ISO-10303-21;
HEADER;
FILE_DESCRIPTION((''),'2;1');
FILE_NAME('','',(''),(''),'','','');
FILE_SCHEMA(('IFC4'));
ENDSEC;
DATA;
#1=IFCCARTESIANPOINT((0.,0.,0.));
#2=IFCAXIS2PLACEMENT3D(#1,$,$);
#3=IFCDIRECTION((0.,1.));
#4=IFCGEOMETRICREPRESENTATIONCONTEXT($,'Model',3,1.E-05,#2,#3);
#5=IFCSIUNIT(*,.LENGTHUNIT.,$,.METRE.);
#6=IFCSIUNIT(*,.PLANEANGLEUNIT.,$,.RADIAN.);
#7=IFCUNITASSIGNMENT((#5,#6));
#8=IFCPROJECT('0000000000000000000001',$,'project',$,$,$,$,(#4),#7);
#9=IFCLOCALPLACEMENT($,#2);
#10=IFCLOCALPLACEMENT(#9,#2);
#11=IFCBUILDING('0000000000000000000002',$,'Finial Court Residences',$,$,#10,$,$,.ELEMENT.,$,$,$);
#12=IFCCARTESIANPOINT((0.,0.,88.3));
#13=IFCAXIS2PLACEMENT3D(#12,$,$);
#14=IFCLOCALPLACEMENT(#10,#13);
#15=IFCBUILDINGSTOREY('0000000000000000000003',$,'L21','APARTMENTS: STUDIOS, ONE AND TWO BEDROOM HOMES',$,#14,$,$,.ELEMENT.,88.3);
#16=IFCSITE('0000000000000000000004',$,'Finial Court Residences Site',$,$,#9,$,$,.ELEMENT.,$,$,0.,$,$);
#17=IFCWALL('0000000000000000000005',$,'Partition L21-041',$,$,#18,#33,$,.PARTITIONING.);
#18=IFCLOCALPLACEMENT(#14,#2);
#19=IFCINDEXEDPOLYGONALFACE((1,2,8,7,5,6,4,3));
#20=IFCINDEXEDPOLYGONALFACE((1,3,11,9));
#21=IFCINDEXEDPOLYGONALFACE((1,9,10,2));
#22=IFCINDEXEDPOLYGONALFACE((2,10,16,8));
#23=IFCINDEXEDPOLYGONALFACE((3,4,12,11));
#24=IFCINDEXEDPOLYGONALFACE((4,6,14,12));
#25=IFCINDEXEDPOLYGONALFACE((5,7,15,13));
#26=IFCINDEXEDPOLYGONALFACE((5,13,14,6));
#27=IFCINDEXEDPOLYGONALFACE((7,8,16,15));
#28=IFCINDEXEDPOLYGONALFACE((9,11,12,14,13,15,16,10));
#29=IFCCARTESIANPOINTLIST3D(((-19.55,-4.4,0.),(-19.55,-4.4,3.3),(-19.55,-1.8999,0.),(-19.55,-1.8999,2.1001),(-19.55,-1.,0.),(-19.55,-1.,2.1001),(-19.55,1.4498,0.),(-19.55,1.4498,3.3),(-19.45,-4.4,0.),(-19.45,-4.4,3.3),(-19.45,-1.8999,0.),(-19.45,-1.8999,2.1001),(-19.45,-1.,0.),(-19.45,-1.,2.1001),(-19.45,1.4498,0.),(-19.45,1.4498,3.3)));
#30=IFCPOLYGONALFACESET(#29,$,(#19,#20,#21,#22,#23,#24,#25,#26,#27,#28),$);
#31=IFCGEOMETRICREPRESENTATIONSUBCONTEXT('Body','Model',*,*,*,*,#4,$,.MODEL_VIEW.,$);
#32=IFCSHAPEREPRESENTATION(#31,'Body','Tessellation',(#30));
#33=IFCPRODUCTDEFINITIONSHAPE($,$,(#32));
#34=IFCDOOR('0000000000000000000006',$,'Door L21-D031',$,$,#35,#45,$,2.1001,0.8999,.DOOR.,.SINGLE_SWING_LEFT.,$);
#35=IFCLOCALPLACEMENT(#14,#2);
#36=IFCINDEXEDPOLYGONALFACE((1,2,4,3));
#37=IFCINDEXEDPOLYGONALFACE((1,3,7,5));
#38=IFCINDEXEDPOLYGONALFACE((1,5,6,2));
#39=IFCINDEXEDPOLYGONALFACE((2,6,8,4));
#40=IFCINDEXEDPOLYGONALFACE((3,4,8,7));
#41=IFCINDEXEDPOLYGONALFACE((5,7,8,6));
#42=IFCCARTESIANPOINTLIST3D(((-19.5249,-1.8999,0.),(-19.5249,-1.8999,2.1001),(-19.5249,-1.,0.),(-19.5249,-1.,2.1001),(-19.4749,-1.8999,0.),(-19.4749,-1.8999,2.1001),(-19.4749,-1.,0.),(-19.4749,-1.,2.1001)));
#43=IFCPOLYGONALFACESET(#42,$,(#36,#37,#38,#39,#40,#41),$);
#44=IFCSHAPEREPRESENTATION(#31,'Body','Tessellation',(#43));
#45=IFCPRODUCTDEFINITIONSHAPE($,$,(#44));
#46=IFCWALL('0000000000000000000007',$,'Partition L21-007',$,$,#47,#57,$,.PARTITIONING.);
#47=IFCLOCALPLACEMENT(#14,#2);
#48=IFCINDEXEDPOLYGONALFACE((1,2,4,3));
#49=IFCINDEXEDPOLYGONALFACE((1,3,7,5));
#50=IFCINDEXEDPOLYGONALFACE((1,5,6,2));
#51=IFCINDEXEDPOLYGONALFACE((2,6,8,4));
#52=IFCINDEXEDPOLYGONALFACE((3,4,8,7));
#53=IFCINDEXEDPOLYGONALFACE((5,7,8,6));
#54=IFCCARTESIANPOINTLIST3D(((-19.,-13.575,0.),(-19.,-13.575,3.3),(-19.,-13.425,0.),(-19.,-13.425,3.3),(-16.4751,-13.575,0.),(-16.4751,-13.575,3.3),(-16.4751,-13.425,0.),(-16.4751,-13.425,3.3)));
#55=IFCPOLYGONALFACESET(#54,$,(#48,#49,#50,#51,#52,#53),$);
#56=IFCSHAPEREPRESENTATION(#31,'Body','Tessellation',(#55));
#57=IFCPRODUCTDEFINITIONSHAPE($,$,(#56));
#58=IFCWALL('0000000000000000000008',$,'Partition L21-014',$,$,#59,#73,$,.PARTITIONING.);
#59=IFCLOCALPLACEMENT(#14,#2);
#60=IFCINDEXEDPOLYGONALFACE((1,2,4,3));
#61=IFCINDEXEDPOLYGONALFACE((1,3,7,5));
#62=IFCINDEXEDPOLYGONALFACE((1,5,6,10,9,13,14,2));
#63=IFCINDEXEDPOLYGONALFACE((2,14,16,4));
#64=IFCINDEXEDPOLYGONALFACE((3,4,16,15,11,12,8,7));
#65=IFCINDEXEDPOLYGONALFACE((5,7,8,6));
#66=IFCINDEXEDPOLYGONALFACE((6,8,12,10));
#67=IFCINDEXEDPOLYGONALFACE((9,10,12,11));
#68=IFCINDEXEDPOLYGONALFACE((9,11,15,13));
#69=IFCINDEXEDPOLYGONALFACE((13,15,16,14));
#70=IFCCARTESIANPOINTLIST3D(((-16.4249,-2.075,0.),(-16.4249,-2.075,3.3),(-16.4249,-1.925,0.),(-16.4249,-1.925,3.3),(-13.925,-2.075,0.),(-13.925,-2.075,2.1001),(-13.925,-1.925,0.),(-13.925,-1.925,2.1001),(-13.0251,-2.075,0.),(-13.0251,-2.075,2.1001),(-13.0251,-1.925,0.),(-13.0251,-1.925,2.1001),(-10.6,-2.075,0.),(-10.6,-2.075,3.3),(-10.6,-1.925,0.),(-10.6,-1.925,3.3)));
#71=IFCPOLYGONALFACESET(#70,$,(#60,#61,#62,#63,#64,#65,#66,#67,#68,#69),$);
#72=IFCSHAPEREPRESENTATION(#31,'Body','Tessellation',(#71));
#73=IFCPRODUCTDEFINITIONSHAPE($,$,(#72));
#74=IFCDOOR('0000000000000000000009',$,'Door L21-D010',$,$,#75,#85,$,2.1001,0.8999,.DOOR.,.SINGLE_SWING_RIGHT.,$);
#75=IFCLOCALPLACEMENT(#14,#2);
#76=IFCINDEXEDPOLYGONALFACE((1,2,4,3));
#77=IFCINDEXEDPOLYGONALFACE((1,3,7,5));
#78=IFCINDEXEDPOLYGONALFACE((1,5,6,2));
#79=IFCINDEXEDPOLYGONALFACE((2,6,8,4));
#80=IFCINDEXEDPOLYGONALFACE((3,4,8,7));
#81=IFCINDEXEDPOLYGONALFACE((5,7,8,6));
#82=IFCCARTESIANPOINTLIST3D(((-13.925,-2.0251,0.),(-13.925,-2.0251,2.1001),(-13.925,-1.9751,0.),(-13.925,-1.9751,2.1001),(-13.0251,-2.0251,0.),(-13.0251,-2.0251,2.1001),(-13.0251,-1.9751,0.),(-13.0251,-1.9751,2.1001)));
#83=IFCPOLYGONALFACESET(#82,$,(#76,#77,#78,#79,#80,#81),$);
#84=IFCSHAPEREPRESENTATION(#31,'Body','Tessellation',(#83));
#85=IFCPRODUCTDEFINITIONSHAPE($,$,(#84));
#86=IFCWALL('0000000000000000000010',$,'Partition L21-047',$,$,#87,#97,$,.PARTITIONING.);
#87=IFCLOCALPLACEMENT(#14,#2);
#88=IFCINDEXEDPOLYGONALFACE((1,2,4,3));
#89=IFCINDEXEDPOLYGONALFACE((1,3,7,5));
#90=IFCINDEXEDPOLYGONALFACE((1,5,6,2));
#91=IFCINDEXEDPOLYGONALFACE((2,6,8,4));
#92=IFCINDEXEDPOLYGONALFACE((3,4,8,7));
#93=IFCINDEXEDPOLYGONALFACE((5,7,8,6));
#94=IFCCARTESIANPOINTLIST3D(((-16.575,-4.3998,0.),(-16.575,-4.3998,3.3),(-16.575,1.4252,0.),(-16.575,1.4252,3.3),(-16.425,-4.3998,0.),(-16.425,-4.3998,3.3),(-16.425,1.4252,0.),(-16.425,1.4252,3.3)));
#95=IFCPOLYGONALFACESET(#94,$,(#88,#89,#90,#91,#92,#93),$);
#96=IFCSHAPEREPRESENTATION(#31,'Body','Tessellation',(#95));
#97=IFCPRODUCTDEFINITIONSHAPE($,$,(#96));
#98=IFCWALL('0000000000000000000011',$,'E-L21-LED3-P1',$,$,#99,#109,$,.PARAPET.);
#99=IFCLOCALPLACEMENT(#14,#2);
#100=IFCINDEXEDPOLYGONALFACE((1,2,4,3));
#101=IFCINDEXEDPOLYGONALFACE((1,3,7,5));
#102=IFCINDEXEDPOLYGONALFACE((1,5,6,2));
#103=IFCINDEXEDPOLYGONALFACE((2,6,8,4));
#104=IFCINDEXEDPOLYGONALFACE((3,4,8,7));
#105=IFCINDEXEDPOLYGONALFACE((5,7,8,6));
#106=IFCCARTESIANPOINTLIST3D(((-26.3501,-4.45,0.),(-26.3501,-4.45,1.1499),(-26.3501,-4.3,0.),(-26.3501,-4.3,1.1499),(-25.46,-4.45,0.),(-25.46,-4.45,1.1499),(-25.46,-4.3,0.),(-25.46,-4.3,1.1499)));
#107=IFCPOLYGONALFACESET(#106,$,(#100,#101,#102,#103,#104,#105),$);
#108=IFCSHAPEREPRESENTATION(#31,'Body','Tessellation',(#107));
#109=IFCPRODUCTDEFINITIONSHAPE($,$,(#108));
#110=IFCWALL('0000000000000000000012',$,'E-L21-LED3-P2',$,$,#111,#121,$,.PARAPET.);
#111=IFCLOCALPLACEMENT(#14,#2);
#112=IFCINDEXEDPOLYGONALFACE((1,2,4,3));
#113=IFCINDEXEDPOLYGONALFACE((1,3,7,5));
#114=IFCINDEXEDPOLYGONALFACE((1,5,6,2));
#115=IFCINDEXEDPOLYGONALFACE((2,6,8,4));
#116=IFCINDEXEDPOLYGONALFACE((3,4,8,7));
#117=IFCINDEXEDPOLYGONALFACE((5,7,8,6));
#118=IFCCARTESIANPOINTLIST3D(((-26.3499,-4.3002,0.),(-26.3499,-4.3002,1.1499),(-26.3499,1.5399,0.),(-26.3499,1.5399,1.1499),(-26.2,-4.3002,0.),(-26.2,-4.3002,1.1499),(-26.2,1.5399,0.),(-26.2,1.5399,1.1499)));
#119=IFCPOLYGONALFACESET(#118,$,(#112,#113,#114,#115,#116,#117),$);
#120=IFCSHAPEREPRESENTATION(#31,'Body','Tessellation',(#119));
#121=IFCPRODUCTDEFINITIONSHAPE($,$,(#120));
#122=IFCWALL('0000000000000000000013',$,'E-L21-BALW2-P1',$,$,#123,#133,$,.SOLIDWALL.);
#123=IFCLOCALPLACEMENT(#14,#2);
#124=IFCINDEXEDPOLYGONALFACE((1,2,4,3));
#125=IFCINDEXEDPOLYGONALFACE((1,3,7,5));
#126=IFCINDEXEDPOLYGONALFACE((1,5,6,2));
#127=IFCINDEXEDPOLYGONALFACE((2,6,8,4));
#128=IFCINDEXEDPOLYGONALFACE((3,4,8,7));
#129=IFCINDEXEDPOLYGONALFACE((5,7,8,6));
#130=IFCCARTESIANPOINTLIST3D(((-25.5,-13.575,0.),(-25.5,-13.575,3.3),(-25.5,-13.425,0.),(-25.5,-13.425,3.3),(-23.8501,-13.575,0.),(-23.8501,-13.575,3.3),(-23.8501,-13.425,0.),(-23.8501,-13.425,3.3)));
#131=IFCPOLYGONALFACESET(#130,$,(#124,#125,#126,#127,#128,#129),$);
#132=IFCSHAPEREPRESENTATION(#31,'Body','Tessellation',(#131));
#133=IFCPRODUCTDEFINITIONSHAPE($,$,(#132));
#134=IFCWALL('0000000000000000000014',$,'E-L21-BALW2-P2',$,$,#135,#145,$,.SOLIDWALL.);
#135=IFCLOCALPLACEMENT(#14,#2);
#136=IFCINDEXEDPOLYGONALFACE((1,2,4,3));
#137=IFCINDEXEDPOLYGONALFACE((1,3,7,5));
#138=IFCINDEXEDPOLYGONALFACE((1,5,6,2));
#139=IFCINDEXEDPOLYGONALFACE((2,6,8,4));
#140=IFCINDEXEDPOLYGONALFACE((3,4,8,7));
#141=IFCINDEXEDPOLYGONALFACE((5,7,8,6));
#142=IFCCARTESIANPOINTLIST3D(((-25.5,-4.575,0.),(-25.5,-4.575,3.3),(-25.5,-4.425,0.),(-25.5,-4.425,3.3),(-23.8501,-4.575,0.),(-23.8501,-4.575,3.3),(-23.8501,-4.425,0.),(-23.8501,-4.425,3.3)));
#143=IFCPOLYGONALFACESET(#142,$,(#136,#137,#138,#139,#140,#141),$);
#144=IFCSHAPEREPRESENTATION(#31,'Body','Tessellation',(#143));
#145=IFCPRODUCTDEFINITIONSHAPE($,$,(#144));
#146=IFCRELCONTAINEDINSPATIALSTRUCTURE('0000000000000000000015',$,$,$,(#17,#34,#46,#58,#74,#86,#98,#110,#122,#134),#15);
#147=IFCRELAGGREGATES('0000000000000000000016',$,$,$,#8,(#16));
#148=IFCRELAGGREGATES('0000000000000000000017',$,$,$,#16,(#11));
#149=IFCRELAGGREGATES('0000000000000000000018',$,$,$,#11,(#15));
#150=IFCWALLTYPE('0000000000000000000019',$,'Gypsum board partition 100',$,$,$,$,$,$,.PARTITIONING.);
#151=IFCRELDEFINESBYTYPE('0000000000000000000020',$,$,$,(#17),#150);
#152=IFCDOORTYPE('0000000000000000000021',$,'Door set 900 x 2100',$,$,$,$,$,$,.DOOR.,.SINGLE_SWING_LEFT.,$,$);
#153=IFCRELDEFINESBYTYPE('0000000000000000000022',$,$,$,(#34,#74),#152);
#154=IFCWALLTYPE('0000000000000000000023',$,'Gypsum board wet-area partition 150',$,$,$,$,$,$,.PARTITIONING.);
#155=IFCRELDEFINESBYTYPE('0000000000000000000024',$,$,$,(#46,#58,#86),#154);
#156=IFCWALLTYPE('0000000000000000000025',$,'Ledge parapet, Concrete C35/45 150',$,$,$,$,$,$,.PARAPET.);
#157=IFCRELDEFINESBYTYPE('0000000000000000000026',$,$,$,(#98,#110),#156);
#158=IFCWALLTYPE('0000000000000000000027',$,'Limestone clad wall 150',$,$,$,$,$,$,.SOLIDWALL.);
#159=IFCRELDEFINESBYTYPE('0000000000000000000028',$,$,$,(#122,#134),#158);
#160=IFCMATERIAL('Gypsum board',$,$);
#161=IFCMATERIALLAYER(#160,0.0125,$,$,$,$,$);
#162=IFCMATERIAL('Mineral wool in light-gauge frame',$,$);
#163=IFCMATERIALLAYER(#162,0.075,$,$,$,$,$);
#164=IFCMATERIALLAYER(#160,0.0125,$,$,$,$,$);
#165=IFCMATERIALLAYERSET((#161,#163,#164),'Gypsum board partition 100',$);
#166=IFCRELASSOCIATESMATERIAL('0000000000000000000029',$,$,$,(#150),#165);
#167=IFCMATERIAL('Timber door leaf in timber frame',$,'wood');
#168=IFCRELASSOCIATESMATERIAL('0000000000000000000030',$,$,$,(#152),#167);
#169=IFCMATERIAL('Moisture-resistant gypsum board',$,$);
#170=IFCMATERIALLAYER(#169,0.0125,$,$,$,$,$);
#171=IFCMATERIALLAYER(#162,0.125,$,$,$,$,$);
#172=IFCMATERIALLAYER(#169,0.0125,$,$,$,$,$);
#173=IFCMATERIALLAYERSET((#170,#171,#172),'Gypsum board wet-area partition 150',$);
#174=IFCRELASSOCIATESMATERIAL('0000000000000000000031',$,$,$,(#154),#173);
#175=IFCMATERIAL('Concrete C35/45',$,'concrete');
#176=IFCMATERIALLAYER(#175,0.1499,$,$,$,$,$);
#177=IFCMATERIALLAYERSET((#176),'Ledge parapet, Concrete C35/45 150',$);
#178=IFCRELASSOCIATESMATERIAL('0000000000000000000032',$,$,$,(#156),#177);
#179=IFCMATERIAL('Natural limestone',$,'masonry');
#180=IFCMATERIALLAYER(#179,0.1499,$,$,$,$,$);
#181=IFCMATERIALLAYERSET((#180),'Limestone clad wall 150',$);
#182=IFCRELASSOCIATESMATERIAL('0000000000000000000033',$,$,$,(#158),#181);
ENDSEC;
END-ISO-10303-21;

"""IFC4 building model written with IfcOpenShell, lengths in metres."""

from ifc_helpers import new_model, si_unit, direction, frame, frame_2d, origin, place, context, subcontext, project, spatial, rectangle, extrude, material, layer, layer_set, type_object, element, fill, save


model = new_model("IFC4")

# Units and contexts
model_context = context("Model", 3, precision=1e-05, world=origin(), true_north=direction((0.0, 1.0)))
body_context = subcontext(model_context, "Body", "Model", "MODEL_VIEW")
ifc_project = project(units=[si_unit("LENGTHUNIT", "METRE"), si_unit("PLANEANGLEUNIT", "RADIAN")], contexts=[model_context])

# Site, building, storey
site_placement = place(None, origin())
site = spatial("IfcSite", under=ifc_project, at=site_placement, Name="Finial Court Residences Site", CompositionType="ELEMENT", RefElevation=0.0)
building_placement = place(site_placement, origin())
building = spatial("IfcBuilding", under=site, at=building_placement, Name="Finial Court Residences", CompositionType="ELEMENT")
storey_placement = place(building_placement, frame((0.0, 0.0, 88.3)))
storey = spatial("IfcBuildingStorey", under=building, at=storey_placement, Name="L21", Description="APARTMENTS: STUDIOS, ONE AND TWO BEDROOM HOMES", CompositionType="ELEMENT", Elevation=88.3)

# Shared definitions
ifc_material_1 = material(Name="Gypsum board")

# Shared definitions
ifc_layer_1 = layer(ifc_material_1, 0.0125)
ifc_material_2 = material(Name="Mineral wool in light-gauge frame")
ifc_layer_2 = layer(ifc_material_2, 0.075)
ifc_layer_3 = layer(ifc_material_1, 0.0125)
ifc_layer_set_1 = layer_set([ifc_layer_1, ifc_layer_2, ifc_layer_3], Name="Gypsum board partition 100")
wall_type_1 = type_object("IfcWallType", Name="Gypsum board partition 100", PredefinedType="PARTITIONING", material=ifc_layer_set_1)

# Wall, opening, door
wall_1_placement = place(storey_placement, frame((-19.5, -4.3999, 0.0), z_axis=(0.0, 0.0, 1.0), x_axis=(0.0, 1.0, 0.0)))
wall_1 = element("IfcWall", 1, at=wall_1_placement, inside=storey, type_object=wall_type_1, Name="Partition L21-041", PredefinedType="PARTITIONING", context=body_context, shape_type="SweptSolid", body=[
    extrude(rectangle(XDim=5.8499, YDim=0.1001, at=frame_2d((2.9248, 0.0))), origin(), (0.0, 0.0, 1.0), 3.3),
])
opening_1_placement = place(wall_1_placement, frame((2.5, 0.0, 0.0)))
opening_1 = element("IfcOpeningElement", 2, at=opening_1_placement, cuts=wall_1, PredefinedType="OPENING", context=body_context, shape_type="SweptSolid", body=[
    extrude(rectangle(XDim=0.8999, YDim=2.1001, at=frame_2d((0.45, 1.05))), frame((0.0, 0.0601, 0.0), z_axis=(0.0, -1.0, 0.0), x_axis=(1.0, 0.0, 0.0)), (0.0, 0.0, 1.0), 0.1201),
])
ifc_material_3 = material(Name="Timber door leaf in timber frame", Category="wood")
door_type_1 = type_object("IfcDoorType", Name="Door set 900 x 2100", OperationType="SINGLE_SWING_LEFT", PredefinedType="DOOR", material=ifc_material_3)
door_1_placement = place(opening_1_placement, origin())
door_1 = element("IfcDoor", 3, at=door_1_placement, inside=storey, type_object=door_type_1, Name="Door L21-D031", OperationType="SINGLE_SWING_LEFT", OverallHeight=2.1001, OverallWidth=0.8999, PredefinedType="DOOR", context=body_context, shape_type="SweptSolid", body=[
    extrude(rectangle(XDim=0.8999, YDim=2.1001, at=frame_2d((0.45, 1.05))), frame((0.0, 0.0249, 0.0), z_axis=(0.0, -1.0, 0.0), x_axis=(1.0, 0.0, 0.0)), (0.0, 0.0, 1.0), 0.05),
])
fill(opening_1, door_1)

# Wall
ifc_material_4 = material(Name="Moisture-resistant gypsum board")
ifc_layer_4 = layer(ifc_material_4, 0.0125)
ifc_layer_5 = layer(ifc_material_2, 0.125)
ifc_layer_6 = layer(ifc_material_4, 0.0125)
ifc_layer_set_2 = layer_set([ifc_layer_4, ifc_layer_5, ifc_layer_6], Name="Gypsum board wet-area partition 150")
wall_type_2 = type_object("IfcWallType", Name="Gypsum board wet-area partition 150", PredefinedType="PARTITIONING", material=ifc_layer_set_2)
wall_2_placement = place(storey_placement, frame((-19.0, -13.5, 0.0), z_axis=(0.0, 0.0, 1.0), x_axis=(1.0, 0.0, 0.0)))
element("IfcWall", 4, at=wall_2_placement, inside=storey, type_object=wall_type_2, Name="Partition L21-007", PredefinedType="PARTITIONING", context=body_context, shape_type="SweptSolid", body=[
    extrude(rectangle(XDim=2.5249, YDim=0.1499, at=frame_2d((1.2625, 0.0))), origin(), (0.0, 0.0, 1.0), 3.3),
])

# Wall, opening, door
wall_3_placement = place(storey_placement, frame((-16.425, -2.0, 0.0), z_axis=(0.0, 0.0, 1.0), x_axis=(1.0, 0.0, 0.0)))
wall_3 = element("IfcWall", 5, at=wall_3_placement, inside=storey, type_object=wall_type_2, Name="Partition L21-014", PredefinedType="PARTITIONING", context=body_context, shape_type="SweptSolid", body=[
    extrude(rectangle(XDim=5.825, YDim=0.1499, at=frame_2d((2.9126, 0.0))), origin(), (0.0, 0.0, 1.0), 3.3),
])
opening_2_placement = place(wall_3_placement, frame((2.5, 0.0, 0.0)))
opening_2 = element("IfcOpeningElement", 6, at=opening_2_placement, cuts=wall_3, PredefinedType="OPENING", context=body_context, shape_type="SweptSolid", body=[
    extrude(rectangle(XDim=0.8999, YDim=2.1001, at=frame_2d((0.45, 1.05))), frame((0.0, 0.085, 0.0), z_axis=(0.0, -1.0, 0.0), x_axis=(1.0, 0.0, 0.0)), (0.0, 0.0, 1.0), 0.1699),
])
door_2_placement = place(opening_2_placement, origin())
door_2 = element("IfcDoor", 7, at=door_2_placement, inside=storey, type_object=door_type_1, Name="Door L21-D010", OperationType="SINGLE_SWING_RIGHT", OverallHeight=2.1001, OverallWidth=0.8999, PredefinedType="DOOR", context=body_context, shape_type="SweptSolid", body=[
    extrude(rectangle(XDim=0.8999, YDim=2.1001, at=frame_2d((0.45, 1.05))), frame((0.0, 0.0249, 0.0), z_axis=(0.0, -1.0, 0.0), x_axis=(1.0, 0.0, 0.0)), (0.0, 0.0, 1.0), 0.05),
])
fill(opening_2, door_2)

# Walls
wall_4_placement = place(storey_placement, frame((-16.5, -4.3999, 0.0), z_axis=(0.0, 0.0, 1.0), x_axis=(0.0, 1.0, 0.0)))
element("IfcWall", 8, at=wall_4_placement, inside=storey, type_object=wall_type_2, Name="Partition L21-047", PredefinedType="PARTITIONING", context=body_context, shape_type="SweptSolid", body=[
    extrude(rectangle(XDim=5.825, YDim=0.1499, at=frame_2d((2.9126, 0.0))), origin(), (0.0, 0.0, 1.0), 3.3),
])
ifc_material_5 = material(Name="Concrete C35/45", Category="concrete")
ifc_layer_7 = layer(ifc_material_5, 0.1499)
ifc_layer_set_3 = layer_set([ifc_layer_7], Name="Ledge parapet, Concrete C35/45 150")
wall_type_3 = type_object("IfcWallType", Name="Ledge parapet, Concrete C35/45 150", PredefinedType="PARAPET", material=ifc_layer_set_3)
wall_5_placement = place(storey_placement, frame((-25.46, -4.375, 0.0), z_axis=(0.0, 0.0, 1.0), x_axis=(-1.0, 0.0, 0.0)))
element("IfcWall", 9, at=wall_5_placement, inside=storey, type_object=wall_type_3, Name="E-L21-LED3-P1", PredefinedType="PARAPET", context=body_context, shape_type="SweptSolid", body=[
    extrude(rectangle(XDim=0.8901, YDim=0.1499, at=frame_2d((0.4451, 0.0))), origin(), (0.0, 0.0, 1.0), 1.1499),
])
wall_6_placement = place(storey_placement, frame((-26.2749, -4.3, 0.0), z_axis=(0.0, 0.0, 1.0), x_axis=(0.0, 1.0, 0.0)))
element("IfcWall", 10, at=wall_6_placement, inside=storey, type_object=wall_type_3, Name="E-L21-LED3-P2", PredefinedType="PARAPET", context=body_context, shape_type="SweptSolid", body=[
    extrude(rectangle(XDim=5.8401, YDim=0.1499, at=frame_2d((2.9199, 0.0))), origin(), (0.0, 0.0, 1.0), 1.1499),
])
ifc_material_6 = material(Name="Natural limestone", Category="masonry")
ifc_layer_8 = layer(ifc_material_6, 0.1499)
ifc_layer_set_4 = layer_set([ifc_layer_8], Name="Limestone clad wall 150")
wall_type_4 = type_object("IfcWallType", Name="Limestone clad wall 150", PredefinedType="SOLIDWALL", material=ifc_layer_set_4)
for number, where, z_axis, x_axis, name in (
    (11, (-23.8501, -13.5, 0.0), (0.0, 0.0, 1.0), (-1.0, 0.0, 0.0), "E-L21-BALW2-P1"),
    (12, (-23.8501, -4.5, 0.0), (0.0, 0.0, 1.0), (-1.0, 0.0, 0.0), "E-L21-BALW2-P2"),
):
    element("IfcWall", number, at=place(storey_placement, frame(where, z_axis=z_axis, x_axis=x_axis)), inside=storey, type_object=wall_type_4, Name=name, PredefinedType="SOLIDWALL", context=body_context, shape_type="SweptSolid", body=[
        extrude(rectangle(XDim=1.6499, YDim=0.1499, at=frame_2d((0.825, 0.0))), origin(), (0.0, 0.0, 1.0), 3.3),
    ])

save(model, "model.ifc")
